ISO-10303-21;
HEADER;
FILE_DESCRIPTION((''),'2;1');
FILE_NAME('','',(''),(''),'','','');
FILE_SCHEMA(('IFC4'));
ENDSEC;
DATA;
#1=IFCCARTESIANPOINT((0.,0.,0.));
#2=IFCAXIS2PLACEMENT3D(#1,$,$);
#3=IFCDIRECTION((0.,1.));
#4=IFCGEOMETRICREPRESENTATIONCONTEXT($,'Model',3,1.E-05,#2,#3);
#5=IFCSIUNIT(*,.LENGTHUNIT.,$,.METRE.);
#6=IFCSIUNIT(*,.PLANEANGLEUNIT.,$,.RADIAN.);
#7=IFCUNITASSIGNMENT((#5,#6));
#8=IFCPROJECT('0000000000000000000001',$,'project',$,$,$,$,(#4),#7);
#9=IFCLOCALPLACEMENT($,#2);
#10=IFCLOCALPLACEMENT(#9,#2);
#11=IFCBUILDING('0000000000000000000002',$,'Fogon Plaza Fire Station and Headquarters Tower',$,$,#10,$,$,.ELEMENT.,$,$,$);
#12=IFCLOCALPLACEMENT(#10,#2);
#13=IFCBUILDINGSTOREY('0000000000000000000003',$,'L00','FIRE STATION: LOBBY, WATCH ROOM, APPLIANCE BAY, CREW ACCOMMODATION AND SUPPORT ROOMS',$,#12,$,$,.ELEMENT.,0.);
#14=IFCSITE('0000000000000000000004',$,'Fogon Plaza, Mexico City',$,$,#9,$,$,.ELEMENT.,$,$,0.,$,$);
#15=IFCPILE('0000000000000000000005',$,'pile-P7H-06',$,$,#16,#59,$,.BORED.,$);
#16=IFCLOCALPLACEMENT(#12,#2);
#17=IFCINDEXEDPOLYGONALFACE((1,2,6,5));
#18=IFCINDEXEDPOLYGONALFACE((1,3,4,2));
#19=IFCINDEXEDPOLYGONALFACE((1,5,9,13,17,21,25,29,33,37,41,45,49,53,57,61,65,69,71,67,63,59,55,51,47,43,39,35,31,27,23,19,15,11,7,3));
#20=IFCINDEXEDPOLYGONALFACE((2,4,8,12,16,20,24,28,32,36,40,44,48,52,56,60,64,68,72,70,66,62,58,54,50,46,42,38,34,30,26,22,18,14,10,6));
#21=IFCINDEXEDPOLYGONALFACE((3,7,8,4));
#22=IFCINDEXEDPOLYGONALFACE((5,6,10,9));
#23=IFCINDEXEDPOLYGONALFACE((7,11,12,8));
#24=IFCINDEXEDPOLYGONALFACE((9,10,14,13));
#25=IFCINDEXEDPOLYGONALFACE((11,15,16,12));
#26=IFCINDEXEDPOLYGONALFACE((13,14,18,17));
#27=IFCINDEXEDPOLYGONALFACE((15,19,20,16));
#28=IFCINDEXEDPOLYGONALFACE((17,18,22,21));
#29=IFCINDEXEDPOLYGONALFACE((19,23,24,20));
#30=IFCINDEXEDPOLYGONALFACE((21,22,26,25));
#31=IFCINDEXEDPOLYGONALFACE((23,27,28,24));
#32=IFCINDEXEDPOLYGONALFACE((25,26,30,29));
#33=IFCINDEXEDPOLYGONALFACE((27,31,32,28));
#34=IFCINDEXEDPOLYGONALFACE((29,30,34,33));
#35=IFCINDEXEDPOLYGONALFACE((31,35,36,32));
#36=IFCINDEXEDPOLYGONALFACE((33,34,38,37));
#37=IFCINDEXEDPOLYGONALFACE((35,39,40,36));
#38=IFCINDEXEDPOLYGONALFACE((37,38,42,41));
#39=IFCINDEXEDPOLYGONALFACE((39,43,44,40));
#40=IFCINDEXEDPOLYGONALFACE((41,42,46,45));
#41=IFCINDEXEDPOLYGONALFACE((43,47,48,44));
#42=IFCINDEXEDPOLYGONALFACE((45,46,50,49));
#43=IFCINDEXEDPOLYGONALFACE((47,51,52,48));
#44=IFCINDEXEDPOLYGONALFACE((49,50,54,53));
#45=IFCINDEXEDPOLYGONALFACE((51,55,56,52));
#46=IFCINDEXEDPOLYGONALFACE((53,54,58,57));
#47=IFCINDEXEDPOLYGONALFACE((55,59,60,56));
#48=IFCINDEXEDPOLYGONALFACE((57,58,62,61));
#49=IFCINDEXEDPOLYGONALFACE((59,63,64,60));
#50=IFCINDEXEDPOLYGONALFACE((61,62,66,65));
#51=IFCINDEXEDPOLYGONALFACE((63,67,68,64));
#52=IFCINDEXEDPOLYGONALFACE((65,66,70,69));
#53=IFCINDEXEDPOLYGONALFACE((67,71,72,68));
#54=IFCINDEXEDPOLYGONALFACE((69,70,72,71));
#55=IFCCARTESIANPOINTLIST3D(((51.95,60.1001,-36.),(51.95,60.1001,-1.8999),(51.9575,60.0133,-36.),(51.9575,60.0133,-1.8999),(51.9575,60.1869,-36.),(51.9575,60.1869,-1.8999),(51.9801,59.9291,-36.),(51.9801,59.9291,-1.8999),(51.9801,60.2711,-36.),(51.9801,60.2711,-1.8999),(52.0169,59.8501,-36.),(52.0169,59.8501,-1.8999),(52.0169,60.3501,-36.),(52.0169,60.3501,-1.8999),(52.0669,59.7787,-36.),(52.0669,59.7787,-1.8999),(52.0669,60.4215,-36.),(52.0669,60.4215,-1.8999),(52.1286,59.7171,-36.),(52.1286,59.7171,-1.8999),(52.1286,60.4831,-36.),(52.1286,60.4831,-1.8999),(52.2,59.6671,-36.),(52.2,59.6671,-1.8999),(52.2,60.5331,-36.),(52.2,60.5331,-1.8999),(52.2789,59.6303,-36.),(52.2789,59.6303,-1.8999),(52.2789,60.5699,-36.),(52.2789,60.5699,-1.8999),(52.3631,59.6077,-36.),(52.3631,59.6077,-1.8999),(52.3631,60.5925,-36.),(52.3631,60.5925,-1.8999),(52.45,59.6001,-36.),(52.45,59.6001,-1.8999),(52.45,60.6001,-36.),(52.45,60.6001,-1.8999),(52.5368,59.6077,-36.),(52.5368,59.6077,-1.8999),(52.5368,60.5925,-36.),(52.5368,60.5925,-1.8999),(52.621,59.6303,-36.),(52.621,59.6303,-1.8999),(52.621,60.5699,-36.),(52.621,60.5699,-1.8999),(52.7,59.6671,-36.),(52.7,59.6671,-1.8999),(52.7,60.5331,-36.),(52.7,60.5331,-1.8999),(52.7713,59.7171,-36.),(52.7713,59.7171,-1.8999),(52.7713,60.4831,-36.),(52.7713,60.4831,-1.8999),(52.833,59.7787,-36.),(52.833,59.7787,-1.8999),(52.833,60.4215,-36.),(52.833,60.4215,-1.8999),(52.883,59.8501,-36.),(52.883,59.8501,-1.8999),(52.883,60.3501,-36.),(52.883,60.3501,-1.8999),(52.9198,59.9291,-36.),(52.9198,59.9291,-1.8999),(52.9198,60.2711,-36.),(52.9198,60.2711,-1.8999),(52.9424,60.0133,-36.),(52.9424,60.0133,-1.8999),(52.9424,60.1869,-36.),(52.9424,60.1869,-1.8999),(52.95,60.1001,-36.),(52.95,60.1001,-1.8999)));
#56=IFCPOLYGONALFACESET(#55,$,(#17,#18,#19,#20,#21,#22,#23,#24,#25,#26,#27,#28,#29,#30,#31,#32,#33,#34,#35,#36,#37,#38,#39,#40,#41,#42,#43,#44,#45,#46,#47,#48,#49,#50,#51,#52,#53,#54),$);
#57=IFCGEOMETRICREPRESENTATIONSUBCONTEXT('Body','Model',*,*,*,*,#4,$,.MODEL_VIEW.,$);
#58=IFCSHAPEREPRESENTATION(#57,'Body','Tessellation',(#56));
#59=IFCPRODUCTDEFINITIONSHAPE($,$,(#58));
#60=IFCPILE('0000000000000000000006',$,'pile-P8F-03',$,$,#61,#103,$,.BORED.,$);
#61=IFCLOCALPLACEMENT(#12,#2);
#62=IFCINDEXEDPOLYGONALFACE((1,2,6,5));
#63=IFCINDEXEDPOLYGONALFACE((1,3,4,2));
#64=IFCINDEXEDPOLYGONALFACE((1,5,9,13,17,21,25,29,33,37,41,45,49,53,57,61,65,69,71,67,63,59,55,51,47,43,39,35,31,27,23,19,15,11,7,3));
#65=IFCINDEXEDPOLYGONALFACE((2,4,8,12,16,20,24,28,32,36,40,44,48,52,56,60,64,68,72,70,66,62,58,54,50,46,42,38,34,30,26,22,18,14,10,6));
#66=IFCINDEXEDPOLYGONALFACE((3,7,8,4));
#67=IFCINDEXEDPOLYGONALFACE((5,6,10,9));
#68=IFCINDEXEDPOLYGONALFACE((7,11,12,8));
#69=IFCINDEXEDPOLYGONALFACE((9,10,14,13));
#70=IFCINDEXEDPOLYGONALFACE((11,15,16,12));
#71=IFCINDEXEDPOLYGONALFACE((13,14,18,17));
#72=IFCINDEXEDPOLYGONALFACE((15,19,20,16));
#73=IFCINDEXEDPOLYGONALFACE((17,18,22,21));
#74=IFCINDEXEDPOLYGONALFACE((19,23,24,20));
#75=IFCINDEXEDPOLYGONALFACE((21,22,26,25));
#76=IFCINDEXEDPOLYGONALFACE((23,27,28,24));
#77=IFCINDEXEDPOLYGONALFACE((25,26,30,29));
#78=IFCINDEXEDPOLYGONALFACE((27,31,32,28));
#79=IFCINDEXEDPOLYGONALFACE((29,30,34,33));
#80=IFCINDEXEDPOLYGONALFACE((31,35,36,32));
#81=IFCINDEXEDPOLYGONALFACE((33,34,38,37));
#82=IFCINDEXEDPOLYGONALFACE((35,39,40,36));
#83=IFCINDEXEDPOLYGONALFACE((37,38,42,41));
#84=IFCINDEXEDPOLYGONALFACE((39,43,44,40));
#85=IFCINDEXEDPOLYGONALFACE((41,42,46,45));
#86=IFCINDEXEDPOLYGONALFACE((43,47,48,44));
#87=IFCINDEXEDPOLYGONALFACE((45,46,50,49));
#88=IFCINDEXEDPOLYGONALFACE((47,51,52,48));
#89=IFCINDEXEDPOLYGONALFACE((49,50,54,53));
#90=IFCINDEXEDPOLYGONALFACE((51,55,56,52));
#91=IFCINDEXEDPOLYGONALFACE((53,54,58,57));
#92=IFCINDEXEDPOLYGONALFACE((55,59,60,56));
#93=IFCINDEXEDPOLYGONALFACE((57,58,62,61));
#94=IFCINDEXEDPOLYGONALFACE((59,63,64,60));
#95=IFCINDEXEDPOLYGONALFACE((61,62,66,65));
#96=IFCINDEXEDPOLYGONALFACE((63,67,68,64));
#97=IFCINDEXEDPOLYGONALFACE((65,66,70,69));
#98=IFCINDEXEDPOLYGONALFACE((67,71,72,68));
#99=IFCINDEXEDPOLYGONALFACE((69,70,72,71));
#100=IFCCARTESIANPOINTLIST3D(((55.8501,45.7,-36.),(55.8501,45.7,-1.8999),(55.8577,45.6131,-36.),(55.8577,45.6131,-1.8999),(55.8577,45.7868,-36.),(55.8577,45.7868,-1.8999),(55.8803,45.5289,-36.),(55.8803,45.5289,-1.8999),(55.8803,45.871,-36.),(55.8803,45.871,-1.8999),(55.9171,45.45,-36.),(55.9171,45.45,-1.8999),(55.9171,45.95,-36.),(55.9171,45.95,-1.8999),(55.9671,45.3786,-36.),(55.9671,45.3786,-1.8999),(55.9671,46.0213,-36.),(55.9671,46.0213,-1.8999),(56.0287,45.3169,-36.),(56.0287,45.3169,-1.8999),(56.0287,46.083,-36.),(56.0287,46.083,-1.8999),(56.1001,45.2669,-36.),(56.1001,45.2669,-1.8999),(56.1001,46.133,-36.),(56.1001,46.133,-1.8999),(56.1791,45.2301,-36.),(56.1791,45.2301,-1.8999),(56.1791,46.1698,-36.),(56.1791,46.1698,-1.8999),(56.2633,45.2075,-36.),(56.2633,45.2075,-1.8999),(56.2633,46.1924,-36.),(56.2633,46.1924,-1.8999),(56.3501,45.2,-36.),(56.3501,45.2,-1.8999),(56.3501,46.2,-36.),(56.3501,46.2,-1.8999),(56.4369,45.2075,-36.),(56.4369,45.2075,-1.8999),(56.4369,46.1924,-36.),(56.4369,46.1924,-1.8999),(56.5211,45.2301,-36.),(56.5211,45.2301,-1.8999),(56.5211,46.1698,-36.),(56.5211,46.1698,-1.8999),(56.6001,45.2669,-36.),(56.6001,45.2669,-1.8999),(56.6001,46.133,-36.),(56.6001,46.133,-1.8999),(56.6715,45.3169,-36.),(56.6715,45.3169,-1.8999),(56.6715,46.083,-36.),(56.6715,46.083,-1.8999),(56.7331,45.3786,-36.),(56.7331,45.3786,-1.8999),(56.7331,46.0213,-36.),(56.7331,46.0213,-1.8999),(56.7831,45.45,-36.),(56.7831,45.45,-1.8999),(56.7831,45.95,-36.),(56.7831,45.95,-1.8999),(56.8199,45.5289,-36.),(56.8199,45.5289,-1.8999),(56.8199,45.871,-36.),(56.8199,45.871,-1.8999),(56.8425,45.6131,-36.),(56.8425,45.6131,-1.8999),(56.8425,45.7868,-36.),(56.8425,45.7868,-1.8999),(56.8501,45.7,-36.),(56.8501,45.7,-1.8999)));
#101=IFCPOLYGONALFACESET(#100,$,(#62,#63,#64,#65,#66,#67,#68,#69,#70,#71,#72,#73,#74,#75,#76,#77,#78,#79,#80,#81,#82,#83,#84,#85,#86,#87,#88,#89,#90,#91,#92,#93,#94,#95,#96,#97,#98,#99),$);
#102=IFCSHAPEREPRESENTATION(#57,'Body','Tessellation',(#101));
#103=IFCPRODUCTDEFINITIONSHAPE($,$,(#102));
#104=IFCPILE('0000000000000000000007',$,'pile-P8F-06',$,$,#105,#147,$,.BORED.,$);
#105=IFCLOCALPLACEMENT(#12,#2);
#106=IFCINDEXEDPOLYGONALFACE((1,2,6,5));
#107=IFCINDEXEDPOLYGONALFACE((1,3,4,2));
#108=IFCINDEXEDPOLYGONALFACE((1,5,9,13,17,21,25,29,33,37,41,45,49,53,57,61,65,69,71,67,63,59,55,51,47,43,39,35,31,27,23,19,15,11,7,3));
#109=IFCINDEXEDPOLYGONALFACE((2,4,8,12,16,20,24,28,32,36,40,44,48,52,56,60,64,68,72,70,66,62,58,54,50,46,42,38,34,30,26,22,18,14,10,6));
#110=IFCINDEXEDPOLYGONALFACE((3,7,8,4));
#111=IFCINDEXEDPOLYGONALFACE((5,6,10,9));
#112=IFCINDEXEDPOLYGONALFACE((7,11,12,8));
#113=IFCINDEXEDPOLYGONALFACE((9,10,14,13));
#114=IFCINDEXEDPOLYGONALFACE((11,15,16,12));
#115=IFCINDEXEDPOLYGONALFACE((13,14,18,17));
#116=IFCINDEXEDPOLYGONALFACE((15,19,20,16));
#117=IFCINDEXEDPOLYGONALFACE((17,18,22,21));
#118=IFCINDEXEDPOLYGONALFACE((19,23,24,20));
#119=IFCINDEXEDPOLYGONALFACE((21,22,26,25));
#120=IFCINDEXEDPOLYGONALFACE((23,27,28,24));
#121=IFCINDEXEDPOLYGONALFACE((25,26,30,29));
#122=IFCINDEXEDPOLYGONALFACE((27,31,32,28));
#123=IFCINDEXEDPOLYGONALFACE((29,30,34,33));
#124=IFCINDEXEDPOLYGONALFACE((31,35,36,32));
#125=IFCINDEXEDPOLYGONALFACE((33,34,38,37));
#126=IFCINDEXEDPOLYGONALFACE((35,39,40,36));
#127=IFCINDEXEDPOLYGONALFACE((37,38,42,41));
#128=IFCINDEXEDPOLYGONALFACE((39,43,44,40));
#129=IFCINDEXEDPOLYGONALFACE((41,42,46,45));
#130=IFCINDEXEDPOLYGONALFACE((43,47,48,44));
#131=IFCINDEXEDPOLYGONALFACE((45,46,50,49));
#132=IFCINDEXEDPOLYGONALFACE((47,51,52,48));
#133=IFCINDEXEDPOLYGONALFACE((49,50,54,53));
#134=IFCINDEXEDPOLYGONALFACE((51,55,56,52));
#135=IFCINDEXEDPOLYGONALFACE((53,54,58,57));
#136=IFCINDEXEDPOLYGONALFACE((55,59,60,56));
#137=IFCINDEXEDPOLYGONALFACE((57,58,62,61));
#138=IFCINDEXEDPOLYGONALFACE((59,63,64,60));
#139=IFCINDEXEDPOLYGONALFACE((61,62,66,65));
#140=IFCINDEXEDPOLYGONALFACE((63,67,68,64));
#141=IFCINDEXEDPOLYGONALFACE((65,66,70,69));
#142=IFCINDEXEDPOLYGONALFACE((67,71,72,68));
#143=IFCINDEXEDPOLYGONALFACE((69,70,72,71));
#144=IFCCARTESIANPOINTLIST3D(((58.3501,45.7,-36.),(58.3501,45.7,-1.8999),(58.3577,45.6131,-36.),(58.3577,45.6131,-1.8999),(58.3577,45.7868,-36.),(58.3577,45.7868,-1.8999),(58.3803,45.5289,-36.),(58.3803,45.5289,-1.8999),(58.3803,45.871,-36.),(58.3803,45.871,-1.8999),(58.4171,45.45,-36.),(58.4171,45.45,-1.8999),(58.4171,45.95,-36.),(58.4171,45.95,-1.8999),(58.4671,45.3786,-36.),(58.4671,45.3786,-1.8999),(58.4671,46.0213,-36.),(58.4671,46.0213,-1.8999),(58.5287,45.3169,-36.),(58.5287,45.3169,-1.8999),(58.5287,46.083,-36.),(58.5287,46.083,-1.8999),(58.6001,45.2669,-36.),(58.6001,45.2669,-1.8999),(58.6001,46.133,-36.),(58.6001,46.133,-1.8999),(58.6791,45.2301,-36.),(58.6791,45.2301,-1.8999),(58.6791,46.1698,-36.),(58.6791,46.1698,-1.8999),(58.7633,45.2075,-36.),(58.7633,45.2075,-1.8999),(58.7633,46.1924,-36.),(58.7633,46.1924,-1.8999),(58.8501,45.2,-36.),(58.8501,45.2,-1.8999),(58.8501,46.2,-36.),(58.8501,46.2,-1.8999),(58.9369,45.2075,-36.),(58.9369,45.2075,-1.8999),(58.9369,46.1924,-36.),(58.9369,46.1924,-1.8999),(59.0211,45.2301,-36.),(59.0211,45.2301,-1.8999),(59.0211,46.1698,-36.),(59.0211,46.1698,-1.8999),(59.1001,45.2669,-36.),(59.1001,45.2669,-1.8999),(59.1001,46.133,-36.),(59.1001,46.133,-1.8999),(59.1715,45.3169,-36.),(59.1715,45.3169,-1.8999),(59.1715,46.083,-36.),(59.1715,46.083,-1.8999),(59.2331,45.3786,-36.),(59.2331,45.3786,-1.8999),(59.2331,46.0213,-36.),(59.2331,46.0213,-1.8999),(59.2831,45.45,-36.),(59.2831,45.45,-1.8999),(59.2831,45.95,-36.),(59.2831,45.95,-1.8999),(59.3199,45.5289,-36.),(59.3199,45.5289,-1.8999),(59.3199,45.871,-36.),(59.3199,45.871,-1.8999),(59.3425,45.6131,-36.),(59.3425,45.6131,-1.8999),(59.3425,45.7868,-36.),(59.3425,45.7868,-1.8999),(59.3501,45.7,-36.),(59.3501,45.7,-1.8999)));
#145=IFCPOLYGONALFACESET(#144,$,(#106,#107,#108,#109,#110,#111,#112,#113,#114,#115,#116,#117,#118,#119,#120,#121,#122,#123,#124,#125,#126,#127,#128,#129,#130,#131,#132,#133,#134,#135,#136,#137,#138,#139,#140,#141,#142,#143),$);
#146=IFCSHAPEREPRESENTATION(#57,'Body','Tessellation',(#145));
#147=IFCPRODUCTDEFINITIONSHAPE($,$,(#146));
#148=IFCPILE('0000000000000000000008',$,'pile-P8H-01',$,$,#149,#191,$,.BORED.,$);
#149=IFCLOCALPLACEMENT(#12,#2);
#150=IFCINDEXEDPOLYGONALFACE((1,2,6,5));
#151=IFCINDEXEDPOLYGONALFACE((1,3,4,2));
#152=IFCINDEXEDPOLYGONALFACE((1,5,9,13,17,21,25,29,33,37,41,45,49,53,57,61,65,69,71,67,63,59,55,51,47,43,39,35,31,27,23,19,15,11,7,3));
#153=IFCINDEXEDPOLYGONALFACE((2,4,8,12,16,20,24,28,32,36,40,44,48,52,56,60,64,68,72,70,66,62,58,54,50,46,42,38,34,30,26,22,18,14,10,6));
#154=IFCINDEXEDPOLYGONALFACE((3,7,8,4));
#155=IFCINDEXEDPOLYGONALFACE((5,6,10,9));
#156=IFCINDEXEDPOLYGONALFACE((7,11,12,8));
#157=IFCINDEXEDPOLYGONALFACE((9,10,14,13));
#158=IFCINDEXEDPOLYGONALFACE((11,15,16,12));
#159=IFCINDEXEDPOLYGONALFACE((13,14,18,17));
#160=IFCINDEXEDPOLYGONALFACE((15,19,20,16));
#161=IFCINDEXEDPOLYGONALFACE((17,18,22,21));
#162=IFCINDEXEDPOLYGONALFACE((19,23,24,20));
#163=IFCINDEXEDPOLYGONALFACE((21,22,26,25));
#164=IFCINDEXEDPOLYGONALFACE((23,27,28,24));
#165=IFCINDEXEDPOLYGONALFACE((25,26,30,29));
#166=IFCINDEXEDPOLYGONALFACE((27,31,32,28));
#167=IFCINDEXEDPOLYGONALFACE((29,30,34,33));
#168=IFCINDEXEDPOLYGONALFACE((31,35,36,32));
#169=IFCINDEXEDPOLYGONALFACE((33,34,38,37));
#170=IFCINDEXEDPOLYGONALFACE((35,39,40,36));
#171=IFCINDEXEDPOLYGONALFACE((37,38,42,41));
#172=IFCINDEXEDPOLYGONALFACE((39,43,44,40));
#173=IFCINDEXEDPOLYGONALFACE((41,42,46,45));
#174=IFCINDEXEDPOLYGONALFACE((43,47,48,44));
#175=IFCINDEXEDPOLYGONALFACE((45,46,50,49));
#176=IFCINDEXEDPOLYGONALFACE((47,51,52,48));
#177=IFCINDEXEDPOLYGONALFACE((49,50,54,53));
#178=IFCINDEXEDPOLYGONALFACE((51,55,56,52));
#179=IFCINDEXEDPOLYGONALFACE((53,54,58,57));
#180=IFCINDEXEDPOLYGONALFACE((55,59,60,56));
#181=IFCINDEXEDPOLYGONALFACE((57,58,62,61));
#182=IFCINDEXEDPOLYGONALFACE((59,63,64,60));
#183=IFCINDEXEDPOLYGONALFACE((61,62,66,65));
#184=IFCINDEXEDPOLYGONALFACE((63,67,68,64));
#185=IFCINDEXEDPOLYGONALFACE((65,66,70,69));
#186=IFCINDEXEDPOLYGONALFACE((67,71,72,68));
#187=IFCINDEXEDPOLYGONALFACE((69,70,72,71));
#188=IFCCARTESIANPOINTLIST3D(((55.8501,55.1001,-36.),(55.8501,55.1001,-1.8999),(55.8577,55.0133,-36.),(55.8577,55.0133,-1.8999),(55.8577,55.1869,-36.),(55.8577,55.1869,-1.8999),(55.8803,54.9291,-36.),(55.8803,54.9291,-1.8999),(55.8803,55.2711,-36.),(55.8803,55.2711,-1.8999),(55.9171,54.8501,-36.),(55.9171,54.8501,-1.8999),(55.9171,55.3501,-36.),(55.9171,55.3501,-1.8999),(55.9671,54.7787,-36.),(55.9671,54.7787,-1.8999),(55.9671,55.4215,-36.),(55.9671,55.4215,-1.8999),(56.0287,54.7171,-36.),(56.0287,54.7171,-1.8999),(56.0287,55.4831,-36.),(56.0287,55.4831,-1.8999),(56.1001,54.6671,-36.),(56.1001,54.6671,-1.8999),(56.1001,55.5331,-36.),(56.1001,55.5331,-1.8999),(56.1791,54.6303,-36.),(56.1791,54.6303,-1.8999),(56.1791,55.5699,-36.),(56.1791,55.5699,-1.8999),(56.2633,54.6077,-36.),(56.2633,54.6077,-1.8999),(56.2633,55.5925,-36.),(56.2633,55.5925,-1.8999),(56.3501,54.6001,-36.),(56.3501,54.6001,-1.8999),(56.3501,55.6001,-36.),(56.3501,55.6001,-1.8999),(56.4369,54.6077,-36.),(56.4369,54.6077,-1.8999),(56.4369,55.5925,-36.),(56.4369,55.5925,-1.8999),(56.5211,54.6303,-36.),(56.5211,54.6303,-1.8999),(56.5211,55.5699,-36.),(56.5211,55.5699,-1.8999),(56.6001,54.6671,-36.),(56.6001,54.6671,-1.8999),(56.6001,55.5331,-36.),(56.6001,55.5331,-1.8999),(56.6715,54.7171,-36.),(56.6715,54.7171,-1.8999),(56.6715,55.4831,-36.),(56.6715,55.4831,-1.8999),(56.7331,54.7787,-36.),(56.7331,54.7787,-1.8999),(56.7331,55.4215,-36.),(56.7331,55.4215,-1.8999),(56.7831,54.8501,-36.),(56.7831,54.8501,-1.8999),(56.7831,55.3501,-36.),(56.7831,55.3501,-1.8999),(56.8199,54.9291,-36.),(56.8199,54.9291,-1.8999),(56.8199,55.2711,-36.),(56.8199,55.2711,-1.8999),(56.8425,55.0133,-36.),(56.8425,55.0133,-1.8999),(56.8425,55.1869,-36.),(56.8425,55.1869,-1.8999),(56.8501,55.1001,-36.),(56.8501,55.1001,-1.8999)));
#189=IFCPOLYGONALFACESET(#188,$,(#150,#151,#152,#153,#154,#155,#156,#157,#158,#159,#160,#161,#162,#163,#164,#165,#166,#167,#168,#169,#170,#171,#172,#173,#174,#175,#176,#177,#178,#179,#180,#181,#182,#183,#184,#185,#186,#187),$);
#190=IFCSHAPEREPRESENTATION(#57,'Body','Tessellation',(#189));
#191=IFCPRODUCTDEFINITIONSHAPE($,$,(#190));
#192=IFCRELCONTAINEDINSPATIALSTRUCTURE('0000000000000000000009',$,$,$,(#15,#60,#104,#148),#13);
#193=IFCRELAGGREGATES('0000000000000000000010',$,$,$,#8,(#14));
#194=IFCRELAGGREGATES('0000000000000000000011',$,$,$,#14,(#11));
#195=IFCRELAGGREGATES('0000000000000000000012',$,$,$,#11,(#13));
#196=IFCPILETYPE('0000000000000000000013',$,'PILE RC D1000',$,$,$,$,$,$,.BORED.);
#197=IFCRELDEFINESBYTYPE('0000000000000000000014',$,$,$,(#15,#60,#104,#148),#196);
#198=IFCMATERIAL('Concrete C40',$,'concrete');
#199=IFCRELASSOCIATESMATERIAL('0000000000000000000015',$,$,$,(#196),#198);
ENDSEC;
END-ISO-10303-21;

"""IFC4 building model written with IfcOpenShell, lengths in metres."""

from ifc_helpers import new_model, si_unit, direction, frame, origin, origin_2d, place, context, subcontext, project, spatial, circle, extrude, material, material_profile, profile_set, type_object, element, save


model = new_model("IFC4")

# Units and contexts
model_context = context("Model", 3, precision=1e-05, world=origin(), true_north=direction((0.0, 1.0)))
body_context = subcontext(model_context, "Body", "Model", "MODEL_VIEW")
ifc_project = project(units=[si_unit("LENGTHUNIT", "METRE"), si_unit("PLANEANGLEUNIT", "RADIAN")], contexts=[model_context])

# Site, building, storey
site_placement = place(None, origin())
site = spatial("IfcSite", under=ifc_project, at=site_placement, Name="Fogon Plaza, Mexico City", CompositionType="ELEMENT", RefElevation=0.0)
building_placement = place(site_placement, origin())
building = spatial("IfcBuilding", under=site, at=building_placement, Name="Fogon Plaza Fire Station and Headquarters Tower", CompositionType="ELEMENT")
storey_placement = place(building_placement, origin())
storey = spatial("IfcBuildingStorey", under=building, at=storey_placement, Name="L00", Description="FIRE STATION: LOBBY, WATCH ROOM, APPLIANCE BAY, CREW ACCOMMODATION AND SUPPORT ROOMS", CompositionType="ELEMENT", Elevation=0.0)

# Piles
ifc_material_1 = material(Name="Concrete C40", Category="concrete")
ifc_material_profile_1 = material_profile(ifc_material_1, circle(Radius=0.5, at=origin_2d()), Name="RC D1000")
ifc_profile_set_1 = profile_set([ifc_material_profile_1], Name="Concrete C40")
pile_type_1 = type_object("IfcPileType", Name="PILE RC D1000", PredefinedType="BORED", material=ifc_profile_set_1)
for number, where, z_axis, x_axis, name in (
    (1, (52.45, 60.1001, -1.8999), (0.0, 0.0, -1.0), (1.0, 0.0, 0.0), "pile-P7H-06"),
    (2, (56.3501, 45.7, -1.8999), (0.0, 0.0, -1.0), (1.0, 0.0, 0.0), "pile-P8F-03"),
    (3, (58.8501, 45.7, -1.8999), (0.0, 0.0, -1.0), (1.0, 0.0, 0.0), "pile-P8F-06"),
    (4, (56.3501, 55.1001, -1.8999), (0.0, 0.0, -1.0), (1.0, 0.0, 0.0), "pile-P8H-01"),
):
    element("IfcPile", number, at=place(storey_placement, frame(where, z_axis=z_axis, x_axis=x_axis)), inside=storey, type_object=pile_type_1, Name=name, PredefinedType="BORED", context=body_context, shape_type="SweptSolid", body=[
        extrude(circle(Radius=0.5, at=origin_2d()), origin(), (0.0, 0.0, 1.0), 34.1001),
    ])

save(model, "model.ifc")
